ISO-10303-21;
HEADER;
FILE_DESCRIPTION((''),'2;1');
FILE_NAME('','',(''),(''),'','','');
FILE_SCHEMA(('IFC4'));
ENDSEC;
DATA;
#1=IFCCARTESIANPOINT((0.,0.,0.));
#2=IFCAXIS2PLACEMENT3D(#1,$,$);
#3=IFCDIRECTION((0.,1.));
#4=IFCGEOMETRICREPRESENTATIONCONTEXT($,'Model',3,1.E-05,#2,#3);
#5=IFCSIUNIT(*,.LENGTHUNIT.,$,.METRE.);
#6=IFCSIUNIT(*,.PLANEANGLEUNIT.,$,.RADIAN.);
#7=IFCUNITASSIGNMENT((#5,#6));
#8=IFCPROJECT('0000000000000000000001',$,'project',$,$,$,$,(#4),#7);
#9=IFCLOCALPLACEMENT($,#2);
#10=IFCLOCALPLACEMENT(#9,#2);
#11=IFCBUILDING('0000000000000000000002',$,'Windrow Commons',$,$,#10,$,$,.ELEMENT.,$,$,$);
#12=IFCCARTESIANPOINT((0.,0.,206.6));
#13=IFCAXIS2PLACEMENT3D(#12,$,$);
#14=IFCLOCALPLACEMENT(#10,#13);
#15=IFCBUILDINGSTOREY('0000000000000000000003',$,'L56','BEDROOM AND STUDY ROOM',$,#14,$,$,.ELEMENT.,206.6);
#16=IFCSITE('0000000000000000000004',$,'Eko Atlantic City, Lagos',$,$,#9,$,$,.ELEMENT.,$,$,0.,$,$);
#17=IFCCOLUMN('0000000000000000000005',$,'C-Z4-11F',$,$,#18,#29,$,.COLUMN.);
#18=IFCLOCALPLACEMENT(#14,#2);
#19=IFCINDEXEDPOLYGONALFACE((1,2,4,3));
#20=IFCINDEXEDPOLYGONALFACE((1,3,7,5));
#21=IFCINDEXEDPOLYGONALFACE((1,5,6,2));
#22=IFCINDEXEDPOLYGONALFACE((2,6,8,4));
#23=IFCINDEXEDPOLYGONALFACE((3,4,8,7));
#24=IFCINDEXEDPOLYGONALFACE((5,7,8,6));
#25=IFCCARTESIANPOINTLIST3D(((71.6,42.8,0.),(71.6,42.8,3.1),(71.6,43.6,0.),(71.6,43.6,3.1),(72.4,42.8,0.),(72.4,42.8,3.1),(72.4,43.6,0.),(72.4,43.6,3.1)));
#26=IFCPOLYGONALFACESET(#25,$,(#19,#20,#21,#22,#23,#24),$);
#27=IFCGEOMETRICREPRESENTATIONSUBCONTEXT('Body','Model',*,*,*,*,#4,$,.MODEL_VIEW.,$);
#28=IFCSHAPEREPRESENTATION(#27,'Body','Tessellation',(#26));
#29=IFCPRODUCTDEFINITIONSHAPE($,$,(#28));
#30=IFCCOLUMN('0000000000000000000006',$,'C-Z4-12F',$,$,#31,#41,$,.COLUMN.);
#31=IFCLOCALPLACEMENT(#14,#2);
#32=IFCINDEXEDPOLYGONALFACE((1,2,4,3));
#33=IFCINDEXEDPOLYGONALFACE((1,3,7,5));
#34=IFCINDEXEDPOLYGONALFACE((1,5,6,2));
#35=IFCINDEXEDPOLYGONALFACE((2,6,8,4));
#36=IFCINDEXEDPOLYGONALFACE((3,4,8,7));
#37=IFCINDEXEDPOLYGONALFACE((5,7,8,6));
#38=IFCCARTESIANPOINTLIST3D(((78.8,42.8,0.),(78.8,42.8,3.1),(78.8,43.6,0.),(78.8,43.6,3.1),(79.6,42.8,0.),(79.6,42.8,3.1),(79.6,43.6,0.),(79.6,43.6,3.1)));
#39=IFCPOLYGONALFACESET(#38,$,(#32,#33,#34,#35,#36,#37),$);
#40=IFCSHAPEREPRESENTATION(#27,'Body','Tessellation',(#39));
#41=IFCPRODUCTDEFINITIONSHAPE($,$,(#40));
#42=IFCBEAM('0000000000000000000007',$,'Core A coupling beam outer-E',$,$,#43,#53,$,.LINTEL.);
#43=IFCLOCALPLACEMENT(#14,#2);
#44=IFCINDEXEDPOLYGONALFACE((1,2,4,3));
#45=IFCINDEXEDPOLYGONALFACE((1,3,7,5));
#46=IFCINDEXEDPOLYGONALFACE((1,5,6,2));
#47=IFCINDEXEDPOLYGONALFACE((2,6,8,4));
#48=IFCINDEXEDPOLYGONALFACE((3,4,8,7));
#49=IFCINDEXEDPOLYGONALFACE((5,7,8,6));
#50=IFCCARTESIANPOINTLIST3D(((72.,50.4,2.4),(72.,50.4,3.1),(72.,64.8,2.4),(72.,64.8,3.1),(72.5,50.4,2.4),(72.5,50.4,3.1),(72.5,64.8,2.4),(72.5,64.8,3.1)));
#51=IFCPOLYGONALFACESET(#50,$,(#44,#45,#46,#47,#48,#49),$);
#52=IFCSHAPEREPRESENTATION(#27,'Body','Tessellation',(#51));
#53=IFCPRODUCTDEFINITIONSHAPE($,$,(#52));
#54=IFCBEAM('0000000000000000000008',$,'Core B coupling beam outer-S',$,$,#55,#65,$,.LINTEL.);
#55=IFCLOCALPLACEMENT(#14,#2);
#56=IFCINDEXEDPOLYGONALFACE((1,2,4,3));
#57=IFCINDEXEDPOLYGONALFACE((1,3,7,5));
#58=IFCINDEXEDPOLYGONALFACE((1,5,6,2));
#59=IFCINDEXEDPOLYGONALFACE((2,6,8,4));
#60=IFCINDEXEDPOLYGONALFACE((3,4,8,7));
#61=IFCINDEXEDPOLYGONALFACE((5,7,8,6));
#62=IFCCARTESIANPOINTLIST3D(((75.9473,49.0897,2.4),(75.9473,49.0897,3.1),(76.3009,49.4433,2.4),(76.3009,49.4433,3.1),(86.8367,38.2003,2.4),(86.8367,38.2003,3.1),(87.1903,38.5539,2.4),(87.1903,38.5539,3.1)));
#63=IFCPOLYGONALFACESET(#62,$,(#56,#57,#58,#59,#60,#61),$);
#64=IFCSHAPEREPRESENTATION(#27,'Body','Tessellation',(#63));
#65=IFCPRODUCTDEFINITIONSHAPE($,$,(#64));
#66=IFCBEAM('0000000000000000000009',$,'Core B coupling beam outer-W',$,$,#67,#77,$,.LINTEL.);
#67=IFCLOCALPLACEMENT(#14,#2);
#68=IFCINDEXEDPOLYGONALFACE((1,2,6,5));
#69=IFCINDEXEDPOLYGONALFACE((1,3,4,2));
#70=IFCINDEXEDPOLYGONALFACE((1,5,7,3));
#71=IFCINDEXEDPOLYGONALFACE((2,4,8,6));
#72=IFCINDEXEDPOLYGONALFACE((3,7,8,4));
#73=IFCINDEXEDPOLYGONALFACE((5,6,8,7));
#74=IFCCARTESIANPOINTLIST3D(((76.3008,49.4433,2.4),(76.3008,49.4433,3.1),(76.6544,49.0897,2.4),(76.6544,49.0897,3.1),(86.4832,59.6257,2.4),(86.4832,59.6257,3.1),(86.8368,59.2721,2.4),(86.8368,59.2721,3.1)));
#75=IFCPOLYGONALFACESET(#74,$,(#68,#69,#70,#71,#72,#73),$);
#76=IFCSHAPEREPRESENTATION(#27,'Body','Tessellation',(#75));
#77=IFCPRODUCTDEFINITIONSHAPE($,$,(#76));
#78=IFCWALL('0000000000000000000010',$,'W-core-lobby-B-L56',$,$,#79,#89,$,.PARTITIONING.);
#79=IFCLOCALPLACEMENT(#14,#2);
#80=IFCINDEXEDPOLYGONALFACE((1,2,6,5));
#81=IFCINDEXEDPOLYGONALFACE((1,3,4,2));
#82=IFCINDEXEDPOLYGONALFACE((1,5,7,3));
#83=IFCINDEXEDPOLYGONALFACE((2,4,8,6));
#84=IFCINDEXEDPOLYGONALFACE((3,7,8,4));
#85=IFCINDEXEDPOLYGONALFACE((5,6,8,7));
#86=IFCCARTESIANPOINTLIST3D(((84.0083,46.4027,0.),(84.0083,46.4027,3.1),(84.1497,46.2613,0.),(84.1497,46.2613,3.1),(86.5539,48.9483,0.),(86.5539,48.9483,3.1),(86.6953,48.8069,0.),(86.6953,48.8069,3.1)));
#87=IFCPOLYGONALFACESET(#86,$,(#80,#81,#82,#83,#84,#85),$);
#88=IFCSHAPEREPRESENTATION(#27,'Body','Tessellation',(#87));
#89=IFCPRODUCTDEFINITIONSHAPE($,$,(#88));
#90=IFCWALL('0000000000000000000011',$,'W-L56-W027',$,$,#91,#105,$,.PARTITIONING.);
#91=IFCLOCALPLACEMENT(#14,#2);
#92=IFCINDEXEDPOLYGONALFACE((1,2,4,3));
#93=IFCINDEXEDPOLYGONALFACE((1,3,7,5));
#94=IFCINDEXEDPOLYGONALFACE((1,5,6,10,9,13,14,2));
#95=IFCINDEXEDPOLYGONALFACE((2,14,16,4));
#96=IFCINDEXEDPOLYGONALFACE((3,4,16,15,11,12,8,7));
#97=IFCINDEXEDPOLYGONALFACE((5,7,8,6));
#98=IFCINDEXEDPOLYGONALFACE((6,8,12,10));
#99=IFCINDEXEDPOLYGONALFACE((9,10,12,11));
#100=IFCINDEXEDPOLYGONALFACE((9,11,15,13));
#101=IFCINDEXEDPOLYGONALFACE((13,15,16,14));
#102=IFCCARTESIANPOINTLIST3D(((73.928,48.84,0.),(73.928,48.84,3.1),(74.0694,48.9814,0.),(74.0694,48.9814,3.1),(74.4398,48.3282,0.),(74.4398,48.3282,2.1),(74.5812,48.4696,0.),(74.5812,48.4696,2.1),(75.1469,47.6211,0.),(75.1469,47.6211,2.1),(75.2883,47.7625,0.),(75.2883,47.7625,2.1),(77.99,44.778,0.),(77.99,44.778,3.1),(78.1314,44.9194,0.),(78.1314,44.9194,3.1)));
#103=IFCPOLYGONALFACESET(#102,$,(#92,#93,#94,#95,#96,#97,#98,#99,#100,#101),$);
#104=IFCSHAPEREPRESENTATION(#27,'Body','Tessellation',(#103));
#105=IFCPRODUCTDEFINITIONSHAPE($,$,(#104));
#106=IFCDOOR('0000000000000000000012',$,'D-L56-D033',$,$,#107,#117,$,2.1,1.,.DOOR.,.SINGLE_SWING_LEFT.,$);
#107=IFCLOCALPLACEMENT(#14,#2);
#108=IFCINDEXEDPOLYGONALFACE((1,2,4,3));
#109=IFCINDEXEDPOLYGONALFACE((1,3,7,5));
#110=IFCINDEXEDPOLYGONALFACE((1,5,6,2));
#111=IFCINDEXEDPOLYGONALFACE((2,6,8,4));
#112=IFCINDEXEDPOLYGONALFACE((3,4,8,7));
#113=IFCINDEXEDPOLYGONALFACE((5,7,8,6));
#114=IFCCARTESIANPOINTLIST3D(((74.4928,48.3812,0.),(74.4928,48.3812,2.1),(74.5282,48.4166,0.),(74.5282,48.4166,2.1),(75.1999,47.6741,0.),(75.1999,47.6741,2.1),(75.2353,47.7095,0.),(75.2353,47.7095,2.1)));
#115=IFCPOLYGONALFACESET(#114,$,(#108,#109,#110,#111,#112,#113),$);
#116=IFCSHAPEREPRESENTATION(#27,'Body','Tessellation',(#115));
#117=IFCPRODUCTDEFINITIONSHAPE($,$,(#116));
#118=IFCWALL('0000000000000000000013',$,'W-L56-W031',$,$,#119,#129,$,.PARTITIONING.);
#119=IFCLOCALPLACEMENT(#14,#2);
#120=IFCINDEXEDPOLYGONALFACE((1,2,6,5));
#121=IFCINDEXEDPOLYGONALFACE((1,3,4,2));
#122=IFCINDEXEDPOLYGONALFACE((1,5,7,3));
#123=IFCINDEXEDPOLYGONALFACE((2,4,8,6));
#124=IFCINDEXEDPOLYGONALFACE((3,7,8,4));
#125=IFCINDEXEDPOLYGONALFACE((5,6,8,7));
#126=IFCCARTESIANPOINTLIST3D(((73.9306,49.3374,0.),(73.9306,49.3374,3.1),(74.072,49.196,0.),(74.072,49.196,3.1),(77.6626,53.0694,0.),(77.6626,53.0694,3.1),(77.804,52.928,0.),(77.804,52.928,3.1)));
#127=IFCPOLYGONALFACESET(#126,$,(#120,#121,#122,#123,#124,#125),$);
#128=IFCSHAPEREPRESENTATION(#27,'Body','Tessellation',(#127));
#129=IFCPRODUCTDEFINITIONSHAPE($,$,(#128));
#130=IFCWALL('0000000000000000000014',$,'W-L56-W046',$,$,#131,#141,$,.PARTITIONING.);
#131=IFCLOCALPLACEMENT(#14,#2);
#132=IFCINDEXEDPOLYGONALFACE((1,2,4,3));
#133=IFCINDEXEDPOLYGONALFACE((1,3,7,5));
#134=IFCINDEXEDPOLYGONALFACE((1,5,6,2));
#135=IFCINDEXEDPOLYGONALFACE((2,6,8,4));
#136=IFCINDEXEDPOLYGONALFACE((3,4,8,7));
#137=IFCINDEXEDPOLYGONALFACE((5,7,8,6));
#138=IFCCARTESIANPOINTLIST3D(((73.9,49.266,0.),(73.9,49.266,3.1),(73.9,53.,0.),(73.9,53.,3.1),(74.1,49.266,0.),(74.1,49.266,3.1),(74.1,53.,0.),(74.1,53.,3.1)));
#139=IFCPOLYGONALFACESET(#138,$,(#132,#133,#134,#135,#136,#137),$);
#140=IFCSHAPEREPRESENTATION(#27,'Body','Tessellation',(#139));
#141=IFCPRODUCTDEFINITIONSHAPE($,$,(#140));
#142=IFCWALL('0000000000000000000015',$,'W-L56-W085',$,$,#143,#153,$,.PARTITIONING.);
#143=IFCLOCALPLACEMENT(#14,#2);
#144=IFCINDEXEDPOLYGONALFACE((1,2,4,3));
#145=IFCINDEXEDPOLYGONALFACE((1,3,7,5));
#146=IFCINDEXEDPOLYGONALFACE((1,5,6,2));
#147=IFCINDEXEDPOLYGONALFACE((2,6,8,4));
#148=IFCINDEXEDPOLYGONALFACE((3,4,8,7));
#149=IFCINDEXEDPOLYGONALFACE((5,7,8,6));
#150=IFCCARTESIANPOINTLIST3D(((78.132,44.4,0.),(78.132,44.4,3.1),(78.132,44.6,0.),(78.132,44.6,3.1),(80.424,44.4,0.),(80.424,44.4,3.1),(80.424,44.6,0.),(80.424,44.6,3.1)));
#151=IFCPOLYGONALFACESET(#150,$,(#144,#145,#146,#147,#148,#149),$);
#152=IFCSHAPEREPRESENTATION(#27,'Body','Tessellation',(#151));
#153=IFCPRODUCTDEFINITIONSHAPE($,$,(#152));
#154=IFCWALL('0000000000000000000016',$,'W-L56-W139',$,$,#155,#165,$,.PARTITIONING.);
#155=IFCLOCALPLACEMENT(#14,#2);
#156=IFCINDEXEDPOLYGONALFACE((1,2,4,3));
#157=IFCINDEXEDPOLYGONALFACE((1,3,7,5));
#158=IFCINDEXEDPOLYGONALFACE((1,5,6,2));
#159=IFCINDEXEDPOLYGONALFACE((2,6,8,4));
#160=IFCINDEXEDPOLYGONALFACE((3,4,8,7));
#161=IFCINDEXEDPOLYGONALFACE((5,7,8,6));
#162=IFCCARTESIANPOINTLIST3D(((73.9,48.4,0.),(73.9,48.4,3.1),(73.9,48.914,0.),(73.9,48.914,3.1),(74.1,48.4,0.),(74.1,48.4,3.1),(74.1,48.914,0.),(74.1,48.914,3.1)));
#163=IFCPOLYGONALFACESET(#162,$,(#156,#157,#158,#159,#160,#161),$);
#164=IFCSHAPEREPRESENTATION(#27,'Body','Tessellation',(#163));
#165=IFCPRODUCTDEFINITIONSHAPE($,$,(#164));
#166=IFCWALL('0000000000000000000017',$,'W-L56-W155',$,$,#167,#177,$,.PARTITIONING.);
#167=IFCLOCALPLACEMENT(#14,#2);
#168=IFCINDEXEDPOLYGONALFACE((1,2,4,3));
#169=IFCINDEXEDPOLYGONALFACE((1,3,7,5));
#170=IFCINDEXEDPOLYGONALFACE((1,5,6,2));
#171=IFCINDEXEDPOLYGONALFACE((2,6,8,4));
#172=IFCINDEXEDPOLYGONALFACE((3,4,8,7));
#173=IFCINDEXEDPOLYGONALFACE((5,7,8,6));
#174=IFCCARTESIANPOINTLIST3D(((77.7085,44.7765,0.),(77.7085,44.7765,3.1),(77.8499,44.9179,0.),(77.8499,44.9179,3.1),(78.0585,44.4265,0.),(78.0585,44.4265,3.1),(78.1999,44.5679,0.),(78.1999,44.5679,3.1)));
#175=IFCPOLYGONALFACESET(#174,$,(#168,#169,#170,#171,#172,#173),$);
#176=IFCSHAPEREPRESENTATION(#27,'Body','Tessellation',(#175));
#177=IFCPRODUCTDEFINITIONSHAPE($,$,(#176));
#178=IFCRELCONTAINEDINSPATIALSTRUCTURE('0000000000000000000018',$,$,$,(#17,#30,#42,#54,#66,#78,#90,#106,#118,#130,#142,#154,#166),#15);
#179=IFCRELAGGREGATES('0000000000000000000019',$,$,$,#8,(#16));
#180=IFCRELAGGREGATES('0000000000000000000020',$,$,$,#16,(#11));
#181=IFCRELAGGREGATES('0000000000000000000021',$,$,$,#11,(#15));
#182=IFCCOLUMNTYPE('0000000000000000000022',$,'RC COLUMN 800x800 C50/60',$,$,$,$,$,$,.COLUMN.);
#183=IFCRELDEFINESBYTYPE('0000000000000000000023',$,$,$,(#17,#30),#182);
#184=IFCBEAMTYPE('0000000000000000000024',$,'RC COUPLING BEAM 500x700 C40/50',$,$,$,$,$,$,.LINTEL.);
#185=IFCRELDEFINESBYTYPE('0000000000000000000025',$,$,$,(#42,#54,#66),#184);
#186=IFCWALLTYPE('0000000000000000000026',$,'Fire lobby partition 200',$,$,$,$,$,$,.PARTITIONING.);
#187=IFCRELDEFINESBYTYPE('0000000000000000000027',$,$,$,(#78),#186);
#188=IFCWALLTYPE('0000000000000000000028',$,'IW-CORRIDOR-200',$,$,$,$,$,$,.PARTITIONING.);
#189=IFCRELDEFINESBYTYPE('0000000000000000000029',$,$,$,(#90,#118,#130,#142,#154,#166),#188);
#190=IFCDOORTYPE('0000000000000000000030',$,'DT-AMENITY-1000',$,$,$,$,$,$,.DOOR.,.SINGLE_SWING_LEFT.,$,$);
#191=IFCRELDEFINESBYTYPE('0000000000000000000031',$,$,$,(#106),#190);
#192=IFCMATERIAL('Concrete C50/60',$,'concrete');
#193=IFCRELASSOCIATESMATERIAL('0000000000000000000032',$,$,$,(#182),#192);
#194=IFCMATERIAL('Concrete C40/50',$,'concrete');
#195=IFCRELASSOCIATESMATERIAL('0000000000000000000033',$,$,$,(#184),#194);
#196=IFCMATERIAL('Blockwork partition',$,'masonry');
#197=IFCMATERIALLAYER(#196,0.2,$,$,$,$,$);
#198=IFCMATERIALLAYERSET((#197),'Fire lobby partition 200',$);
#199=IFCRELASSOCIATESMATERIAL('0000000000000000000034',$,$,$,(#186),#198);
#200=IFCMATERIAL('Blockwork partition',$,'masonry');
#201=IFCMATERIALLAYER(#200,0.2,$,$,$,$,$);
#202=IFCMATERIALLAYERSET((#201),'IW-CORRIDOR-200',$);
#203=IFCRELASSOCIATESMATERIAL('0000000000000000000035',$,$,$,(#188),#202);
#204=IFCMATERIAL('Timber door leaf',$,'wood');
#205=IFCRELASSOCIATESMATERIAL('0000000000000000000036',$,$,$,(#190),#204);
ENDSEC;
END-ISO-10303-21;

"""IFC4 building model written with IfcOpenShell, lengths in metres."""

from ifc_helpers import new_model, si_unit, direction, frame, frame_2d, origin, origin_2d, place, context, subcontext, project, spatial, rectangle, extrude, material, layer, layer_set, material_profile, profile_set, type_object, element, fill, save


model = new_model("IFC4")

# Units and contexts
model_context = context("Model", 3, precision=1e-05, world=origin(), true_north=direction((0.0, 1.0)))
body_context = subcontext(model_context, "Body", "Model", "MODEL_VIEW")
ifc_project = project(units=[si_unit("LENGTHUNIT", "METRE"), si_unit("PLANEANGLEUNIT", "RADIAN")], contexts=[model_context])

# Site, building, storey
site_placement = place(None, origin())
site = spatial("IfcSite", under=ifc_project, at=site_placement, Name="Eko Atlantic City, Lagos", CompositionType="ELEMENT", RefElevation=0.0)
building_placement = place(site_placement, origin())
building = spatial("IfcBuilding", under=site, at=building_placement, Name="Windrow Commons", CompositionType="ELEMENT")
storey_placement = place(building_placement, frame((0.0, 0.0, 206.6)))
storey = spatial("IfcBuildingStorey", under=building, at=storey_placement, Name="L56", Description="BEDROOM AND STUDY ROOM", CompositionType="ELEMENT", Elevation=206.6)

# Columns
ifc_material_1 = material(Name="Concrete C50/60", Category="concrete")
ifc_material_profile_1 = material_profile(ifc_material_1, rectangle(XDim=0.8, YDim=0.8, at=origin_2d()))
ifc_profile_set_1 = profile_set([ifc_material_profile_1], Name="Concrete C50/60")
column_type = type_object("IfcColumnType", Name="RC COLUMN 800x800 C50/60", PredefinedType="COLUMN", material=ifc_profile_set_1)
for number, where, z_axis, x_axis, name in (
    (1, (72.0, 43.2, 0.0), (0.0, 0.0, 1.0), (1.0, 0.0, 0.0), "C-Z4-11F"),
    (2, (79.2, 43.2, 0.0), (0.0, 0.0, 1.0), (1.0, 0.0, 0.0), "C-Z4-12F"),
):
    element("IfcColumn", number, at=place(storey_placement, frame(where, z_axis=z_axis, x_axis=x_axis)), inside=storey, type_object=column_type, Name=name, PredefinedType="COLUMN", context=body_context, shape_type="SweptSolid", body=[
        extrude(rectangle(XDim=0.8, YDim=0.8, at=origin_2d()), origin(), (0.0, 0.0, 1.0), 3.1),
    ])

# Beams
ifc_material_2 = material(Name="Concrete C40/50", Category="concrete")
ifc_material_profile_2 = material_profile(ifc_material_2, rectangle(XDim=0.5, YDim=0.7, at=origin_2d()))
ifc_profile_set_2 = profile_set([ifc_material_profile_2], Name="Concrete C40/50")
beam_type = type_object("IfcBeamType", Name="RC COUPLING BEAM 500x700 C40/50", PredefinedType="LINTEL", material=ifc_profile_set_2)
beam_1_placement = place(storey_placement, frame((72.25, 50.4, 2.75), z_axis=(0.0, 1.0, 0.0), x_axis=(-1.0, 0.0, 0.0)))
element("IfcBeam", 3, at=beam_1_placement, inside=storey, type_object=beam_type, Name="Core A coupling beam outer-E", PredefinedType="LINTEL", context=body_context, shape_type="SweptSolid", body=[
    extrude(rectangle(XDim=0.5, YDim=0.7, at=origin_2d()), origin(), (0.0, 0.0, 1.0), 14.4),
])
beam_2_placement = place(storey_placement, frame((76.1241, 49.2665, 2.75), z_axis=(0.707107, -0.707107, 0.0), x_axis=(0.707107, 0.707107, 0.0)))
element("IfcBeam", 4, at=beam_2_placement, inside=storey, type_object=beam_type, Name="Core B coupling beam outer-S", PredefinedType="LINTEL", context=body_context, shape_type="SweptSolid", body=[
    extrude(rectangle(XDim=0.5, YDim=0.7, at=origin_2d()), origin(), (0.0, 0.0, 1.0), 15.3999),
])
beam_3_placement = place(storey_placement, frame((76.4776, 49.2665, 2.75), z_axis=(0.707107, 0.707107, 0.0), x_axis=(-0.707107, 0.707107, 0.0)))
element("IfcBeam", 5, at=beam_3_placement, inside=storey, type_object=beam_type, Name="Core B coupling beam outer-W", PredefinedType="LINTEL", context=body_context, shape_type="SweptSolid", body=[
    extrude(rectangle(XDim=0.5, YDim=0.7, at=origin_2d()), origin(), (0.0, 0.0, 1.0), 14.4001),
])

# Wall
ifc_material_3 = material(Name="Blockwork partition", Category="masonry")
ifc_layer_1 = layer(ifc_material_3, 0.2)
ifc_layer_set_1 = layer_set([ifc_layer_1], Name="Fire lobby partition 200")
wall_type_1 = type_object("IfcWallType", Name="Fire lobby partition 200", PredefinedType="PARTITIONING", material=ifc_layer_set_1)
wall_1_placement = place(storey_placement, frame((84.079, 46.332, 0.0), z_axis=(0.0, 0.0, 1.0), x_axis=(0.707107, 0.707107, 0.0)))
element("IfcWall", 6, at=wall_1_placement, inside=storey, type_object=wall_type_1, Name="W-core-lobby-B-L56", PredefinedType="PARTITIONING", context=body_context, shape_type="SweptSolid", body=[
    extrude(rectangle(XDim=3.6, YDim=0.2, at=frame_2d((1.8, 0.0))), origin(), (0.0, 0.0, 1.0), 3.1),
])

# Wall, opening, door
ifc_material_4 = material(Name="Blockwork partition", Category="masonry")
ifc_layer_2 = layer(ifc_material_4, 0.2)
ifc_layer_set_2 = layer_set([ifc_layer_2], Name="IW-CORRIDOR-200")
wall_type_2 = type_object("IfcWallType", Name="IW-CORRIDOR-200", PredefinedType="PARTITIONING", material=ifc_layer_set_2)
wall_2_placement = place(storey_placement, frame((73.9987, 48.9107, 0.0), z_axis=(0.0, 0.0, 1.0), x_axis=(0.707107, -0.707107, 0.0)))
wall_2 = element("IfcWall", 7, at=wall_2_placement, inside=storey, type_object=wall_type_2, Name="W-L56-W027", PredefinedType="PARTITIONING", context=body_context, shape_type="SweptSolid", body=[
    extrude(rectangle(XDim=5.7445, YDim=0.2, at=frame_2d((2.8723, 0.0))), origin(), (0.0, 0.0, 1.0), 3.1),
])
opening_1_placement = place(wall_2_placement, frame((0.7238, 0.0, 0.0)))
opening_1 = element("IfcOpeningElement", 8, at=opening_1_placement, cuts=wall_2, PredefinedType="OPENING", context=body_context, shape_type="SweptSolid", body=[
    extrude(rectangle(XDim=1.0, YDim=2.1, at=frame_2d((0.5, 1.05))), frame((0.0, 0.11, 0.0), z_axis=(0.0, -1.0, 0.0), x_axis=(1.0, 0.0, 0.0)), (0.0, 0.0, 1.0), 0.22),
])
ifc_material_5 = material(Name="Timber door leaf", Category="wood")
door_type_1 = type_object("IfcDoorType", Name="DT-AMENITY-1000", OperationType="SINGLE_SWING_LEFT", PredefinedType="DOOR", material=ifc_material_5)
door_1_placement = place(opening_1_placement, origin())
door_1 = element("IfcDoor", 9, at=door_1_placement, inside=storey, type_object=door_type_1, Name="D-L56-D033", OperationType="SINGLE_SWING_LEFT", OverallHeight=2.1, OverallWidth=1.0, PredefinedType="DOOR", context=body_context, shape_type="SweptSolid", body=[
    extrude(rectangle(XDim=1.0, YDim=2.1, at=frame_2d((0.5, 1.05))), frame((0.0, 0.025, 0.0), z_axis=(0.0, -1.0, 0.0), x_axis=(1.0, 0.0, 0.0)), (0.0, 0.0, 1.0), 0.05),
])
fill(opening_1, door_1)

# Walls
wall_3_placement = place(storey_placement, frame((74.0013, 49.2667, 0.0), z_axis=(0.0, 0.0, 1.0), x_axis=(0.707107, 0.707107, 0.0)))
element("IfcWall", 10, at=wall_3_placement, inside=storey, type_object=wall_type_2, Name="W-L56-W031", PredefinedType="PARTITIONING", context=body_context, shape_type="SweptSolid", body=[
    extrude(rectangle(XDim=5.2778, YDim=0.2, at=frame_2d((2.6389, 0.0))), origin(), (0.0, 0.0, 1.0), 3.1),
])
wall_4_placement = place(storey_placement, frame((74.0, 49.266, 0.0), z_axis=(0.0, 0.0, 1.0), x_axis=(0.0, 1.0, 0.0)))
element("IfcWall", 11, at=wall_4_placement, inside=storey, type_object=wall_type_2, Name="W-L56-W046", PredefinedType="PARTITIONING", context=body_context, shape_type="SweptSolid", body=[
    extrude(rectangle(XDim=3.734, YDim=0.2, at=frame_2d((1.867, 0.0))), origin(), (0.0, 0.0, 1.0), 3.1),
])
wall_5_placement = place(storey_placement, frame((78.132, 44.5, 0.0), z_axis=(0.0, 0.0, 1.0), x_axis=(1.0, 0.0, 0.0)))
element("IfcWall", 12, at=wall_5_placement, inside=storey, type_object=wall_type_2, Name="W-L56-W085", PredefinedType="PARTITIONING", context=body_context, shape_type="SweptSolid", body=[
    extrude(rectangle(XDim=2.292, YDim=0.2, at=frame_2d((1.146, 0.0))), origin(), (0.0, 0.0, 1.0), 3.1),
])
wall_6_placement = place(storey_placement, frame((74.0, 48.4, 0.0), z_axis=(0.0, 0.0, 1.0), x_axis=(0.0, 1.0, 0.0)))
element("IfcWall", 13, at=wall_6_placement, inside=storey, type_object=wall_type_2, Name="W-L56-W139", PredefinedType="PARTITIONING", context=body_context, shape_type="SweptSolid", body=[
    extrude(rectangle(XDim=0.514, YDim=0.2, at=frame_2d((0.257, 0.0))), origin(), (0.0, 0.0, 1.0), 3.1),
])
wall_7_placement = place(storey_placement, frame((77.7792, 44.8472, 0.0), z_axis=(0.0, 0.0, 1.0), x_axis=(0.707107, -0.707107, 0.0)))
element("IfcWall", 14, at=wall_7_placement, inside=storey, type_object=wall_type_2, Name="W-L56-W155", PredefinedType="PARTITIONING", context=body_context, shape_type="SweptSolid", body=[
    extrude(rectangle(XDim=0.495, YDim=0.2, at=frame_2d((0.2475, 0.0))), origin(), (0.0, 0.0, 1.0), 3.1),
])

save(model, "model.ifc")
